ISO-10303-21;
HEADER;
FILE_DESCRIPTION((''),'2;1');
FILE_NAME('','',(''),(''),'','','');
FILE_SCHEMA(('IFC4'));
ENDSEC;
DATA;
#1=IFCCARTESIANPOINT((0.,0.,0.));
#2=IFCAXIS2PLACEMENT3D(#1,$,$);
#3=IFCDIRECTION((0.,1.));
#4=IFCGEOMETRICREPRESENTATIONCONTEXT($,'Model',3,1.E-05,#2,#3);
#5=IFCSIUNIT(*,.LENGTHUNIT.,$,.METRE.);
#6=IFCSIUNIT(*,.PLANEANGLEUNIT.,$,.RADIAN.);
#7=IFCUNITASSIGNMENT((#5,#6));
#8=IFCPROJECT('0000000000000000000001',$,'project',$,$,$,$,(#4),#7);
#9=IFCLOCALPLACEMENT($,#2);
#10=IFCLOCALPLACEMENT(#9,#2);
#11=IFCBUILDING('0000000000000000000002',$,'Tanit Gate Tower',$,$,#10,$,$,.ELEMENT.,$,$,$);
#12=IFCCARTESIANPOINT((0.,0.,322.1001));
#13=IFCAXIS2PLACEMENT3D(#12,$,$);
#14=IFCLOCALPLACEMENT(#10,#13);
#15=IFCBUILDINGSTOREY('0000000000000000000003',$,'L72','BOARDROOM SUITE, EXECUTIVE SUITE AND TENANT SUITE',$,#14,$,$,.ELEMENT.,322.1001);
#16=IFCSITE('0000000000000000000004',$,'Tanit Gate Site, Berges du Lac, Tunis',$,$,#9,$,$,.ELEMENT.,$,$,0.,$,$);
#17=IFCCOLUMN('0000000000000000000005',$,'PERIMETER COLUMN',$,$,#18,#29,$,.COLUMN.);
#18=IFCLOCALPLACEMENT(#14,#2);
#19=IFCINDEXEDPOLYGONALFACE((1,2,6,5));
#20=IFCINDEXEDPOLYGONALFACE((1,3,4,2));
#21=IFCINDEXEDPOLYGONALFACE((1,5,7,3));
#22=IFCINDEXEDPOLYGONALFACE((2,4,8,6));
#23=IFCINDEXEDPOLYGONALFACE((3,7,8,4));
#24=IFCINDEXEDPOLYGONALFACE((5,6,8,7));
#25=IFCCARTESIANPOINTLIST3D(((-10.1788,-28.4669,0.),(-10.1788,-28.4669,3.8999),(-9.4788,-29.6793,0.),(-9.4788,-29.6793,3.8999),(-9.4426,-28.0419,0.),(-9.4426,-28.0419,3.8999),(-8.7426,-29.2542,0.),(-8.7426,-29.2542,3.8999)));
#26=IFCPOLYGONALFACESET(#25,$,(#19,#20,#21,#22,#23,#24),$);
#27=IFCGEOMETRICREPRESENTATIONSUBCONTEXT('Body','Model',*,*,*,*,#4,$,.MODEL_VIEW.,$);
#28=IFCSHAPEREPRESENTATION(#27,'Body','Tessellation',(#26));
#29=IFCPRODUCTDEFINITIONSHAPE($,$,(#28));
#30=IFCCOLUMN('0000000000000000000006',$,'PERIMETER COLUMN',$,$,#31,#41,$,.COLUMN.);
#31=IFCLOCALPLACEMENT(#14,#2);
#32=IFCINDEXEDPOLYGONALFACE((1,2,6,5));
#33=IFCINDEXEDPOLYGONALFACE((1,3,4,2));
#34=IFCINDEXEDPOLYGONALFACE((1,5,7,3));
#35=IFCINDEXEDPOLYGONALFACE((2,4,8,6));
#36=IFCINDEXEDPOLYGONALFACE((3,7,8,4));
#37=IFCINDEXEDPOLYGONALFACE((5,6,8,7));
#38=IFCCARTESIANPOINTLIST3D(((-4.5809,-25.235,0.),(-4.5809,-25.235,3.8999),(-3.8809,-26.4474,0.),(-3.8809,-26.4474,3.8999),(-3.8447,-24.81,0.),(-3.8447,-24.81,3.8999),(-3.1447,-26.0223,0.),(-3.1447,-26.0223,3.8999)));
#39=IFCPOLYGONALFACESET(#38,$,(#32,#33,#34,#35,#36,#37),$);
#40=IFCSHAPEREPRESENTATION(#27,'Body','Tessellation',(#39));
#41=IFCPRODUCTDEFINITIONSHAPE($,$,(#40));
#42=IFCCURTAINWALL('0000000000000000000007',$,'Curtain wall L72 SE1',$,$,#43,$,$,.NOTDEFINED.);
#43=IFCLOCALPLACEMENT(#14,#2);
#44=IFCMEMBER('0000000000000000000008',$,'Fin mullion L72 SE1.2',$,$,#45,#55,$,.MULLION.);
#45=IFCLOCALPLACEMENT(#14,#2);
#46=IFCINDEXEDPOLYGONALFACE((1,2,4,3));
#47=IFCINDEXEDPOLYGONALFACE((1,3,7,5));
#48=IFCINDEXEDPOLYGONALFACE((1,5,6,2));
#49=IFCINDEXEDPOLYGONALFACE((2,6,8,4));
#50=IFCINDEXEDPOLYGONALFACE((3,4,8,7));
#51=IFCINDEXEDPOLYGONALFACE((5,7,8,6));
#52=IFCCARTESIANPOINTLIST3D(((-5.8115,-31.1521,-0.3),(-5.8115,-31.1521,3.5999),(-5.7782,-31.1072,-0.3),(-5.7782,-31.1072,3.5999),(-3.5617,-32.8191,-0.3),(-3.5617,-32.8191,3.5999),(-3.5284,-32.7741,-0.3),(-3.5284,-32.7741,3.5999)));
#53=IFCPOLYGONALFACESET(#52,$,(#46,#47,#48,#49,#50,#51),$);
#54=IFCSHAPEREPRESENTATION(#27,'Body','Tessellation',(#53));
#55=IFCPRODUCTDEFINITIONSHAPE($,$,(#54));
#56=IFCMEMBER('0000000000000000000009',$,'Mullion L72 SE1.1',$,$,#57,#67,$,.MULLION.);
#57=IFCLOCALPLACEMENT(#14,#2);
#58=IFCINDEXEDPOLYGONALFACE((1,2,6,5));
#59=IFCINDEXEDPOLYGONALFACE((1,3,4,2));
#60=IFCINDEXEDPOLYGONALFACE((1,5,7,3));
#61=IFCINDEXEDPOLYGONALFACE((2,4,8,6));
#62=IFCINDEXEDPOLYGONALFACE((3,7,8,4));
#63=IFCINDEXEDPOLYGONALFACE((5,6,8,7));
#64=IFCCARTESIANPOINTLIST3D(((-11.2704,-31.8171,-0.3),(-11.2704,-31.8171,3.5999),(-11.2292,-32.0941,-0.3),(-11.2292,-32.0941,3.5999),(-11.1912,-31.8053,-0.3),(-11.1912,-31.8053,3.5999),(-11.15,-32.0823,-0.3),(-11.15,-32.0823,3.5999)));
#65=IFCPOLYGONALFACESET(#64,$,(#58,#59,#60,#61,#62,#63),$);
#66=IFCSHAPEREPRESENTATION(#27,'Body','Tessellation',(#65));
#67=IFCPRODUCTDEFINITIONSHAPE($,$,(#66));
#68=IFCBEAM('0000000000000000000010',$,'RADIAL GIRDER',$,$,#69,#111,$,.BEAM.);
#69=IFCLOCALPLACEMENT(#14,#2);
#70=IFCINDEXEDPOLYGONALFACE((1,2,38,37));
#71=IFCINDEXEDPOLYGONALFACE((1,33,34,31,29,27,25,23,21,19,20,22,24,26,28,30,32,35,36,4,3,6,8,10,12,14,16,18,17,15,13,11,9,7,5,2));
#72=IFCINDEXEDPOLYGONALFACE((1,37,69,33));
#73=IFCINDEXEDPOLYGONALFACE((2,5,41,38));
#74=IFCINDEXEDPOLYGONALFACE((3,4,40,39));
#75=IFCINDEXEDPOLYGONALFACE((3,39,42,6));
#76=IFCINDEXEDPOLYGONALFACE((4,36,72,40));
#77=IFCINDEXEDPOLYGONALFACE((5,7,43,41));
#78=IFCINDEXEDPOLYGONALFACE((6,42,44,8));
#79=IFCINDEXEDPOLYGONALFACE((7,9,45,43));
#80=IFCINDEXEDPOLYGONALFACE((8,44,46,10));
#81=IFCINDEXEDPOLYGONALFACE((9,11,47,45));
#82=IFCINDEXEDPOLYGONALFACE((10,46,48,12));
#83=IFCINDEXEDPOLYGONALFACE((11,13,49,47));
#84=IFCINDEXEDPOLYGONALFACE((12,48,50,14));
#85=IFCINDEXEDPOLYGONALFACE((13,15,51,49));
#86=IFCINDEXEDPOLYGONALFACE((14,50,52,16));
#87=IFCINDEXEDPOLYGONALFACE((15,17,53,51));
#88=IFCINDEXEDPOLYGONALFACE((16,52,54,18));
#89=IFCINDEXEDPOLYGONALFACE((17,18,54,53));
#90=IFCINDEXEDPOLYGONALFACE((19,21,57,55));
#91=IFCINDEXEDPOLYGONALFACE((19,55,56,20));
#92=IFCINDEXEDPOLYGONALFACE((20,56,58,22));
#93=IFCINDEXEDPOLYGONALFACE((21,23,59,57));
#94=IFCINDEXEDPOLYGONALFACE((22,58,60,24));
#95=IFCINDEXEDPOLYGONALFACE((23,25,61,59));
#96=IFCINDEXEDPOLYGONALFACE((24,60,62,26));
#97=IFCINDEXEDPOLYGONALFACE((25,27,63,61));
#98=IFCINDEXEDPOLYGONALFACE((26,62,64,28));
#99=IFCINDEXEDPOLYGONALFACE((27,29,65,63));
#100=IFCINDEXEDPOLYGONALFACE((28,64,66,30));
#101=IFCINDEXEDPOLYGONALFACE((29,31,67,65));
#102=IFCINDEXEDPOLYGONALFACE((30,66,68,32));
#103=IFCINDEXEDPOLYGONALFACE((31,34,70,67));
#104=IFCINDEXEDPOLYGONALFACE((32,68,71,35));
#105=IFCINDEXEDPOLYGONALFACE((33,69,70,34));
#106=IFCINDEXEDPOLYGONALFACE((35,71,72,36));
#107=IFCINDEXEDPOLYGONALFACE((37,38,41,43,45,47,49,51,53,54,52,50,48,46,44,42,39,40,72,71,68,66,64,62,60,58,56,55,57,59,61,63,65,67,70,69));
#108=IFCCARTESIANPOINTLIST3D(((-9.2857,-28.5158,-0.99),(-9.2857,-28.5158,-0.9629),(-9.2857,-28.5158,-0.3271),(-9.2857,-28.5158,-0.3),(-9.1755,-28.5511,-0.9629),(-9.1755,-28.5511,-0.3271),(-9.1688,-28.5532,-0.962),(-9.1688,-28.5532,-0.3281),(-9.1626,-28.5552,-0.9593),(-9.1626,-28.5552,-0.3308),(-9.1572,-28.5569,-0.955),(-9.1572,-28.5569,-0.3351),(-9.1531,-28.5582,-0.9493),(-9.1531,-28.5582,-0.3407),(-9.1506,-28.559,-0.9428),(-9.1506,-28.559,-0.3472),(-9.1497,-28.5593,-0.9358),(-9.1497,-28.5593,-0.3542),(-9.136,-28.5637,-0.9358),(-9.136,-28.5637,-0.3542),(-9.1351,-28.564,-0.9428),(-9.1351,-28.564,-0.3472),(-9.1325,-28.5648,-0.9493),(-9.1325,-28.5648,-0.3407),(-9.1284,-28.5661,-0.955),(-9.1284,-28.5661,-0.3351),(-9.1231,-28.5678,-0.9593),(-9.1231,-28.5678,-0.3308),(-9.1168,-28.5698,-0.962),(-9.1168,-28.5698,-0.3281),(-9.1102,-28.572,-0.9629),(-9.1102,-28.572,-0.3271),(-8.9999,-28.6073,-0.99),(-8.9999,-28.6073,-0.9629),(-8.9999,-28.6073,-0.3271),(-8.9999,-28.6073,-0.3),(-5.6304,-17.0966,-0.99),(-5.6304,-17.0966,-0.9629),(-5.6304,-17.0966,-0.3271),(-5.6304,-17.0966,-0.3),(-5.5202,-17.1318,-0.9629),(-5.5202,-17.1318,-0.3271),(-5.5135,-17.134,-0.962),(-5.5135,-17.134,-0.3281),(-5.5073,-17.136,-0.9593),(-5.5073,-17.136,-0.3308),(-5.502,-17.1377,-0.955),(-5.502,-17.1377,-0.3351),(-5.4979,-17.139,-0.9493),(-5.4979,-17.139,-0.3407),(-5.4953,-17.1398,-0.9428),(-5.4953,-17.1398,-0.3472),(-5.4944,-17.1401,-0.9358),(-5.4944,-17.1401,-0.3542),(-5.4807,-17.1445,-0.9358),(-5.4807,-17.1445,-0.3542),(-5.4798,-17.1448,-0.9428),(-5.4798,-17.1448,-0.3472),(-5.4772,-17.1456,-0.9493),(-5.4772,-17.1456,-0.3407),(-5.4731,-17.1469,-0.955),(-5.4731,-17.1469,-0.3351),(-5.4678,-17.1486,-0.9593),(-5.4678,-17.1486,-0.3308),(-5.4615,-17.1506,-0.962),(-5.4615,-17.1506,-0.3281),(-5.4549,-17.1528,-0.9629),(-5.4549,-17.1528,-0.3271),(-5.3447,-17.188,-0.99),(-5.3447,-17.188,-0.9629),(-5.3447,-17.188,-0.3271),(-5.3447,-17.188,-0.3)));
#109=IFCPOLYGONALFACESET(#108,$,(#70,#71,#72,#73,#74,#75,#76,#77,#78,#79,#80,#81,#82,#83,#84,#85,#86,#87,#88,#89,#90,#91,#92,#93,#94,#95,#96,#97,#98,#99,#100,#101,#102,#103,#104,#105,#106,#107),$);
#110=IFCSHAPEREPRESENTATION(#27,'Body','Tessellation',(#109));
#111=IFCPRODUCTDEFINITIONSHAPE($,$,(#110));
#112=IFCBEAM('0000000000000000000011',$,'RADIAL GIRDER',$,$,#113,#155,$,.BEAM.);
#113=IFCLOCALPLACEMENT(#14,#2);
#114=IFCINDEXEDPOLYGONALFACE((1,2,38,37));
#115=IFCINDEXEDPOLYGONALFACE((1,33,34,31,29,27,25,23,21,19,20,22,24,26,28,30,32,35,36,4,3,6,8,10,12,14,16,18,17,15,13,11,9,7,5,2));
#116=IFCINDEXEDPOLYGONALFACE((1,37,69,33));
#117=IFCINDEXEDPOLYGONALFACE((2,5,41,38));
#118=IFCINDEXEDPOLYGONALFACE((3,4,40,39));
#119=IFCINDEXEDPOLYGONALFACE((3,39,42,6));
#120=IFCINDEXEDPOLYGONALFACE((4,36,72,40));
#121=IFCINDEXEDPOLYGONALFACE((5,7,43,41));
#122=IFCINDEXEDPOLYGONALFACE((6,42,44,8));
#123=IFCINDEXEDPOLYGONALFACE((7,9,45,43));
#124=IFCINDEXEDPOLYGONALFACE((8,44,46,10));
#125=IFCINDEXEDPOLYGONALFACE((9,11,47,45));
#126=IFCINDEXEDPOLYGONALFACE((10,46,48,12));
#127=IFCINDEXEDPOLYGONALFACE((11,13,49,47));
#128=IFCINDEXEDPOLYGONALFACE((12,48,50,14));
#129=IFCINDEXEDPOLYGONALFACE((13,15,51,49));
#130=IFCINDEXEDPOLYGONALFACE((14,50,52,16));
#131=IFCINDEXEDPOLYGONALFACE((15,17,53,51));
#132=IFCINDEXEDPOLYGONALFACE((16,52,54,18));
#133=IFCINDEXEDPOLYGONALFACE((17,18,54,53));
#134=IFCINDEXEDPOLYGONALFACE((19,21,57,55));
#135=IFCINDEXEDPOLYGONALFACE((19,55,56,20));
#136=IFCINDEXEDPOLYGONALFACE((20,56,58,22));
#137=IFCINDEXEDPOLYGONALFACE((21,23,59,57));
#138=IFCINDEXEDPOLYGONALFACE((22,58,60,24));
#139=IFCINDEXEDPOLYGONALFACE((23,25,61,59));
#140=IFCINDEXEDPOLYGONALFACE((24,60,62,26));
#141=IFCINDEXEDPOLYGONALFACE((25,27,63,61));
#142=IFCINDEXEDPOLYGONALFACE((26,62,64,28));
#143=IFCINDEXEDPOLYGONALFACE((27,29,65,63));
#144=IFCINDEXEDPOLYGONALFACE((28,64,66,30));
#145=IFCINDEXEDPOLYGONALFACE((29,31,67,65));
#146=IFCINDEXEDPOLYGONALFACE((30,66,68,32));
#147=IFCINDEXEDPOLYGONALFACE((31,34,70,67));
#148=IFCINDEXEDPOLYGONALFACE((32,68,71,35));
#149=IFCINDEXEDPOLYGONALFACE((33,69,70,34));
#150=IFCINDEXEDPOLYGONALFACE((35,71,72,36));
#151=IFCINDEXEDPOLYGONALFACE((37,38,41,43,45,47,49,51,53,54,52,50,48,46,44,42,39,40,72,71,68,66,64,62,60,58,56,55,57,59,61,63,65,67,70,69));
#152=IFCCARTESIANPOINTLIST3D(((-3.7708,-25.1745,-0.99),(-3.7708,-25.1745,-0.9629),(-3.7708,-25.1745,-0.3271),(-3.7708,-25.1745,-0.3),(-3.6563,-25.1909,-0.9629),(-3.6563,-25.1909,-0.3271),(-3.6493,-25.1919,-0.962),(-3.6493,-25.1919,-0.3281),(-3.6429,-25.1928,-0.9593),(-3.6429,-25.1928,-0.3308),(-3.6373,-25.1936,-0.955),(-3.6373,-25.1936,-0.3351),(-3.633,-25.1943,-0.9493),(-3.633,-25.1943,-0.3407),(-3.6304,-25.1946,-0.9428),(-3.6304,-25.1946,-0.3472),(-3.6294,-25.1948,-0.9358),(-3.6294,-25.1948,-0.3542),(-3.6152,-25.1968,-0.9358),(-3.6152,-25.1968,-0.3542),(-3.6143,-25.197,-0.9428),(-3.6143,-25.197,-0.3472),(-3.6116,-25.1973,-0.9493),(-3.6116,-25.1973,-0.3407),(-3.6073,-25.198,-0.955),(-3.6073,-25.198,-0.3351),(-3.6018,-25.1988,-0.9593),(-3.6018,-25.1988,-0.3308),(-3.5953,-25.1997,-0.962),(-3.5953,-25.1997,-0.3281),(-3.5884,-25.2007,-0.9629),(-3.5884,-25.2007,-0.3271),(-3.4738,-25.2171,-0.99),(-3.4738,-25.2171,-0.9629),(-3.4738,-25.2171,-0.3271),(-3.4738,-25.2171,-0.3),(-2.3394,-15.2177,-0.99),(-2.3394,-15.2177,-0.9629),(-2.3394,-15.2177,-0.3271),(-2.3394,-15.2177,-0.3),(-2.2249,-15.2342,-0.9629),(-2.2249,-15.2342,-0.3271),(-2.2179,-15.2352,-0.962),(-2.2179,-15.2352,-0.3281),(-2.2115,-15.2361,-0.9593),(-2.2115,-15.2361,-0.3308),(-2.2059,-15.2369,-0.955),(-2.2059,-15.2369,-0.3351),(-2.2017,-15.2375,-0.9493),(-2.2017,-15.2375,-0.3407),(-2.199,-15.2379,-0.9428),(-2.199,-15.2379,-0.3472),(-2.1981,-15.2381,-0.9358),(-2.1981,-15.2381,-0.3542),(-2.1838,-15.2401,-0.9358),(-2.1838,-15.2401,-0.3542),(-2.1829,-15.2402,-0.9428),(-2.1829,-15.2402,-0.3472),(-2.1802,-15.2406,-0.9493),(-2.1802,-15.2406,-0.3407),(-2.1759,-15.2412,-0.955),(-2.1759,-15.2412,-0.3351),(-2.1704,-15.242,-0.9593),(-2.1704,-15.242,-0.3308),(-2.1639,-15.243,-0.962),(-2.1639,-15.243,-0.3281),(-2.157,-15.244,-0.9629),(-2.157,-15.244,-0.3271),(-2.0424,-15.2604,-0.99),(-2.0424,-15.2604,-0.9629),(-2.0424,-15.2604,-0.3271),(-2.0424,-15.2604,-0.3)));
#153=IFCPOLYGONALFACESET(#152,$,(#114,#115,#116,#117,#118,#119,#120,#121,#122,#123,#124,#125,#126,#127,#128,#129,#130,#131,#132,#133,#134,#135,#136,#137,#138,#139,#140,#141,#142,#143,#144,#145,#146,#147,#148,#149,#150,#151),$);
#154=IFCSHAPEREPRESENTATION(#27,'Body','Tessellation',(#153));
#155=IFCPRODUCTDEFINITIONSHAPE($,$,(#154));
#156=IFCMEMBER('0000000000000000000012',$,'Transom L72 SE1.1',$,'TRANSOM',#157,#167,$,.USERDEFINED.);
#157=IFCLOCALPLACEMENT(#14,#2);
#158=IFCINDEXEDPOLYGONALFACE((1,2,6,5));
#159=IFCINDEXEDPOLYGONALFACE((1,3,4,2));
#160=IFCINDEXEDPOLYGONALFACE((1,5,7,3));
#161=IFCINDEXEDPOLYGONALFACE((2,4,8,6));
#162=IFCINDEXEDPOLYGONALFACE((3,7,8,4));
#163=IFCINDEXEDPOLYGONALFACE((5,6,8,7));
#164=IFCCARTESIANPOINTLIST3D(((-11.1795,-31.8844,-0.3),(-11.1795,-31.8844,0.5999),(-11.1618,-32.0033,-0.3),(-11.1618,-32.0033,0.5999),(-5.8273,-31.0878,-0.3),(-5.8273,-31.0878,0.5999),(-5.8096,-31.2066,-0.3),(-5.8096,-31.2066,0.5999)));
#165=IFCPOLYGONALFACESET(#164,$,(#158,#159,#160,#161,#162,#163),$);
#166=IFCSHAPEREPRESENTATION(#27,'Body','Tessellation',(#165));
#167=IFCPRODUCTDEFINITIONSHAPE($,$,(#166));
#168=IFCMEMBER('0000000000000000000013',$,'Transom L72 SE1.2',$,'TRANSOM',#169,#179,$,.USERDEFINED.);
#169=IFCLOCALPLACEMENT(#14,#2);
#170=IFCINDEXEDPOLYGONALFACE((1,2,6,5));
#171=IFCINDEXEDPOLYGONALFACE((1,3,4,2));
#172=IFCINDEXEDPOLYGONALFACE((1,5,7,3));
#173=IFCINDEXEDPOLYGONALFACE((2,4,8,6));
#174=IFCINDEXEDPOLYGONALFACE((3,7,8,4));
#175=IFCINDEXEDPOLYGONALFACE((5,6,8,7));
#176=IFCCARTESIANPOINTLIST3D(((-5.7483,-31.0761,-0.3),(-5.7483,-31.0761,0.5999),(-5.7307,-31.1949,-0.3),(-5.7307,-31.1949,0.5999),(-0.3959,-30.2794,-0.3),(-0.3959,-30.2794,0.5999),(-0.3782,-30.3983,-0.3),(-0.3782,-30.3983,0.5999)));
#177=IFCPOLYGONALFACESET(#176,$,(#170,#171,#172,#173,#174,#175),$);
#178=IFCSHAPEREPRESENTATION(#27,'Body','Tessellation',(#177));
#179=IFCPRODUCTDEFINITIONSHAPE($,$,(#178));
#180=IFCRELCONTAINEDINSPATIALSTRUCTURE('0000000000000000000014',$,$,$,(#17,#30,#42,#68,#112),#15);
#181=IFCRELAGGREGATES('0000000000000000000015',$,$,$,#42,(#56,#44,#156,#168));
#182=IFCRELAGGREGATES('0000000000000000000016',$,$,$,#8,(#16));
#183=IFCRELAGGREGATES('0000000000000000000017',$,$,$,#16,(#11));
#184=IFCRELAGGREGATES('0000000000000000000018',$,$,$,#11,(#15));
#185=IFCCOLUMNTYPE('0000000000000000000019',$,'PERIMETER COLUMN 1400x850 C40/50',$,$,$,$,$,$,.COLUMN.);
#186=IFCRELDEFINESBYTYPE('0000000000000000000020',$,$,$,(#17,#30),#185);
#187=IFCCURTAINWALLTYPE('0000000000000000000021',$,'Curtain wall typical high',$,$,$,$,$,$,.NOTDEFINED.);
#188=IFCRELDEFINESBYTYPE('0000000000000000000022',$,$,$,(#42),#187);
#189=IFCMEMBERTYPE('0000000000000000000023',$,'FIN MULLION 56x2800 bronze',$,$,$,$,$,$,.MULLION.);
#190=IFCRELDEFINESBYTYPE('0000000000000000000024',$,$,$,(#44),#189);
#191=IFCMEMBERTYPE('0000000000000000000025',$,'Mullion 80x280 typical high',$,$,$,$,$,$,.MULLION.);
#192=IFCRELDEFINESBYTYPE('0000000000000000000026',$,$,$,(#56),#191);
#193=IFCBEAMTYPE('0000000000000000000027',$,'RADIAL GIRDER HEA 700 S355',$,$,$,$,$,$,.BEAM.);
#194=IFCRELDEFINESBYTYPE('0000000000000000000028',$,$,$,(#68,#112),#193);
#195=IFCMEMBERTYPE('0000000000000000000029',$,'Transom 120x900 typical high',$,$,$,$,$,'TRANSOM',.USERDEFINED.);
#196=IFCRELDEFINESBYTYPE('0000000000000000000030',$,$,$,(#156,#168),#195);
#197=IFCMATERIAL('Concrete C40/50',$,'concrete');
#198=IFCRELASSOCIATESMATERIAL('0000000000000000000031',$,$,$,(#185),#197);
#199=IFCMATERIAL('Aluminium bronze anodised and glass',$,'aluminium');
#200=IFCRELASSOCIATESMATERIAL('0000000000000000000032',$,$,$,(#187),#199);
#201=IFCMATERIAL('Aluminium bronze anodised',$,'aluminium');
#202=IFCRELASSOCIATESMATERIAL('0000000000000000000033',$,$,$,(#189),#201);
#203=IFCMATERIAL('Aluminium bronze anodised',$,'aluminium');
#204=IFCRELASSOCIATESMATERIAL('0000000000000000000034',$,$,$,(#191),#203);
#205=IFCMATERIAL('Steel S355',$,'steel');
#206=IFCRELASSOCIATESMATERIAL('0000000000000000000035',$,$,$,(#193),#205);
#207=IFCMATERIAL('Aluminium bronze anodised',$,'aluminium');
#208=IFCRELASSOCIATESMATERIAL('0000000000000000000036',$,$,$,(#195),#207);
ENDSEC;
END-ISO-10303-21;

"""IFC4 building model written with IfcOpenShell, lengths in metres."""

from ifc_helpers import new_model, si_unit, direction, frame, origin, origin_2d, place, context, subcontext, project, spatial, rectangle, i_section, extrude, material, material_profile, profile_set, type_object, element, aggregate, save


model = new_model("IFC4")

# Units and contexts
model_context = context("Model", 3, precision=1e-05, world=origin(), true_north=direction((0.0, 1.0)))
body_context = subcontext(model_context, "Body", "Model", "MODEL_VIEW")
ifc_project = project(units=[si_unit("LENGTHUNIT", "METRE"), si_unit("PLANEANGLEUNIT", "RADIAN")], contexts=[model_context])

# Site, building, storey
site_placement = place(None, origin())
site = spatial("IfcSite", under=ifc_project, at=site_placement, Name="Tanit Gate Site, Berges du Lac, Tunis", CompositionType="ELEMENT", RefElevation=0.0)
building_placement = place(site_placement, origin())
building = spatial("IfcBuilding", under=site, at=building_placement, Name="Tanit Gate Tower", CompositionType="ELEMENT")
storey_placement = place(building_placement, frame((0.0, 0.0, 322.1001)))
storey = spatial("IfcBuildingStorey", under=building, at=storey_placement, Name="L72", Description="BOARDROOM SUITE, EXECUTIVE SUITE AND TENANT SUITE", CompositionType="ELEMENT", Elevation=322.1001)

# Columns
ifc_material_1 = material(Name="Concrete C40/50", Category="concrete")
ifc_material_profile_1 = material_profile(ifc_material_1, rectangle(XDim=1.3999, YDim=0.8501, at=origin_2d()), Name="RC 1400x850")
ifc_profile_set_1 = profile_set([ifc_material_profile_1], Name="Concrete C40/50")
column_type = type_object("IfcColumnType", Name="PERIMETER COLUMN 1400x850 C40/50", PredefinedType="COLUMN", material=ifc_profile_set_1)
for number, where, z_axis, x_axis, name in (
    (1, (-9.4607, -28.8606, 0.0), (0.0, 0.0, 1.0), (0.5, -0.866025, 0.0), "PERIMETER COLUMN"),
    (2, (-3.8628, -25.6287, 0.0), (0.0, 0.0, 1.0), (0.5, -0.866025, 0.0), "PERIMETER COLUMN"),
):
    element("IfcColumn", number, at=place(storey_placement, frame(where, z_axis=z_axis, x_axis=x_axis)), inside=storey, type_object=column_type, Name=name, PredefinedType="COLUMN", context=body_context, shape_type="SweptSolid", body=[
        extrude(rectangle(XDim=1.3999, YDim=0.8501, at=origin_2d()), origin(), (0.0, 0.0, 1.0), 3.8999),
    ])

# Curtain wall, members
ifc_material_2 = material(Name="Aluminium bronze anodised and glass", Category="aluminium")
curtain_wall_type = type_object("IfcCurtainWallType", Name="Curtain wall typical high", PredefinedType="NOTDEFINED", material=ifc_material_2)
curtain_wall_placement = place(storey_placement, origin())
curtain_wall = element("IfcCurtainWall", 3, at=curtain_wall_placement, inside=storey, type_object=curtain_wall_type, Name="Curtain wall L72 SE1", PredefinedType="NOTDEFINED")
ifc_material_3 = material(Name="Aluminium bronze anodised", Category="aluminium")
ifc_material_profile_2 = material_profile(ifc_material_3, rectangle(XDim=2.8, YDim=0.0559, at=origin_2d()), Name="56x2800 bronze fin mullion")
ifc_profile_set_2 = profile_set([ifc_material_profile_2], Name="Aluminium bronze anodised")
member_type_1 = type_object("IfcMemberType", Name="FIN MULLION 56x2800 bronze", PredefinedType="MULLION", material=ifc_profile_set_2)
member_1_placement = place(storey_placement, frame((-4.6699, -31.9631, -0.3), z_axis=(0.0, 0.0, 1.0), x_axis=(-0.803493, 0.595314, 0.0)))
member_1 = element("IfcMember", 4, at=member_1_placement, type_object=member_type_1, Name="Fin mullion L72 SE1.2", PredefinedType="MULLION", context=body_context, shape_type="SweptSolid", body=[
    extrude(rectangle(XDim=2.8, YDim=0.0559, at=origin_2d()), origin(), (0.0, 0.0, 1.0), 3.8999),
])
ifc_material_4 = material(Name="Aluminium bronze anodised", Category="aluminium")
ifc_material_profile_3 = material_profile(ifc_material_4, rectangle(XDim=0.28, YDim=0.0801, at=origin_2d()), Name="80x280 bronze mullion")
ifc_profile_set_3 = profile_set([ifc_material_profile_3], Name="Aluminium bronze anodised")
member_type_2 = type_object("IfcMemberType", Name="Mullion 80x280 typical high", PredefinedType="MULLION", material=ifc_profile_set_3)
member_2_placement = place(storey_placement, frame((-11.2102, -31.9497, -0.3), z_axis=(0.0, 0.0, 1.0), x_axis=(-0.147205, 0.989106, 0.0)))
member_2 = element("IfcMember", 5, at=member_2_placement, type_object=member_type_2, Name="Mullion L72 SE1.1", PredefinedType="MULLION", context=body_context, shape_type="SweptSolid", body=[
    extrude(rectangle(XDim=0.28, YDim=0.0801, at=origin_2d()), origin(), (0.0, 0.0, 1.0), 3.8999),
])

# Beams
ifc_material_5 = material(Name="Steel S355", Category="steel")
ifc_material_profile_4 = material_profile(ifc_material_5, i_section(OverallWidth=0.3, OverallDepth=0.6899, WebThickness=0.0144, FlangeThickness=0.0271, FilletRadius=0.0271, at=origin_2d()), Name="HEA 700")
ifc_profile_set_4 = profile_set([ifc_material_profile_4], Name="Steel S355")
beam_type = type_object("IfcBeamType", Name="RADIAL GIRDER HEA 700 S355", PredefinedType="BEAM", material=ifc_profile_set_4)
beam_1_placement = place(storey_placement, frame((-9.1428, -28.5615, -0.645), z_axis=(0.304861, 0.952397, 0.0), x_axis=(-0.952397, 0.304861, 0.0)))
element("IfcBeam", 6, at=beam_1_placement, inside=storey, type_object=beam_type, Name="RADIAL GIRDER", PredefinedType="BEAM", context=body_context, shape_type="SweptSolid", body=[
    extrude(i_section(OverallWidth=0.3, OverallDepth=0.6899, WebThickness=0.0144, FlangeThickness=0.0271, FilletRadius=0.0271, at=origin_2d()), origin(), (0.0, 0.0, 1.0), 11.99),
])
beam_2_placement = place(storey_placement, frame((-3.6223, -25.1958, -0.645), z_axis=(0.142298, 0.989824, 0.0), x_axis=(-0.989824, 0.142298, 0.0)))
element("IfcBeam", 7, at=beam_2_placement, inside=storey, type_object=beam_type, Name="RADIAL GIRDER", PredefinedType="BEAM", context=body_context, shape_type="SweptSolid", body=[
    extrude(i_section(OverallWidth=0.3, OverallDepth=0.6899, WebThickness=0.0144, FlangeThickness=0.0271, FilletRadius=0.0271, at=origin_2d()), origin(), (0.0, 0.0, 1.0), 10.0591),
])

# Members
ifc_material_6 = material(Name="Aluminium bronze anodised", Category="aluminium")
ifc_material_profile_5 = material_profile(ifc_material_6, rectangle(XDim=0.1201, YDim=0.8999, at=origin_2d()), Name="120x900 bronze transom")
ifc_profile_set_5 = profile_set([ifc_material_profile_5], Name="Aluminium bronze anodised")
member_type_3 = type_object("IfcMemberType", Name="Transom 120x900 typical high", ElementType="TRANSOM", PredefinedType="USERDEFINED", material=ifc_profile_set_5)
member_3_placement = place(storey_placement, frame((-11.1707, -31.9438, 0.1499), z_axis=(0.989103, 0.147224, 0.0), x_axis=(-0.147224, 0.989103, 0.0)))
member_3 = element("IfcMember", 8, at=member_3_placement, type_object=member_type_3, Name="Transom L72 SE1.1", ObjectType="TRANSOM", PredefinedType="USERDEFINED", context=body_context, shape_type="SweptSolid", body=[
    extrude(rectangle(XDim=0.1201, YDim=0.8999, at=origin_2d()), origin(), (0.0, 0.0, 1.0), 5.4111),
])
member_4_placement = place(storey_placement, frame((-5.7395, -31.1355, 0.1499), z_axis=(0.989104, 0.147217, 0.0), x_axis=(-0.147217, 0.989104, 0.0)))
member_4 = element("IfcMember", 9, at=member_4_placement, type_object=member_type_3, Name="Transom L72 SE1.2", ObjectType="TRANSOM", PredefinedType="USERDEFINED", context=body_context, shape_type="SweptSolid", body=[
    extrude(rectangle(XDim=0.1201, YDim=0.8999, at=origin_2d()), origin(), (0.0, 0.0, 1.0), 5.4114),
])

aggregate(curtain_wall, [member_2, member_1, member_3, member_4])

save(model, "model.ifc")
